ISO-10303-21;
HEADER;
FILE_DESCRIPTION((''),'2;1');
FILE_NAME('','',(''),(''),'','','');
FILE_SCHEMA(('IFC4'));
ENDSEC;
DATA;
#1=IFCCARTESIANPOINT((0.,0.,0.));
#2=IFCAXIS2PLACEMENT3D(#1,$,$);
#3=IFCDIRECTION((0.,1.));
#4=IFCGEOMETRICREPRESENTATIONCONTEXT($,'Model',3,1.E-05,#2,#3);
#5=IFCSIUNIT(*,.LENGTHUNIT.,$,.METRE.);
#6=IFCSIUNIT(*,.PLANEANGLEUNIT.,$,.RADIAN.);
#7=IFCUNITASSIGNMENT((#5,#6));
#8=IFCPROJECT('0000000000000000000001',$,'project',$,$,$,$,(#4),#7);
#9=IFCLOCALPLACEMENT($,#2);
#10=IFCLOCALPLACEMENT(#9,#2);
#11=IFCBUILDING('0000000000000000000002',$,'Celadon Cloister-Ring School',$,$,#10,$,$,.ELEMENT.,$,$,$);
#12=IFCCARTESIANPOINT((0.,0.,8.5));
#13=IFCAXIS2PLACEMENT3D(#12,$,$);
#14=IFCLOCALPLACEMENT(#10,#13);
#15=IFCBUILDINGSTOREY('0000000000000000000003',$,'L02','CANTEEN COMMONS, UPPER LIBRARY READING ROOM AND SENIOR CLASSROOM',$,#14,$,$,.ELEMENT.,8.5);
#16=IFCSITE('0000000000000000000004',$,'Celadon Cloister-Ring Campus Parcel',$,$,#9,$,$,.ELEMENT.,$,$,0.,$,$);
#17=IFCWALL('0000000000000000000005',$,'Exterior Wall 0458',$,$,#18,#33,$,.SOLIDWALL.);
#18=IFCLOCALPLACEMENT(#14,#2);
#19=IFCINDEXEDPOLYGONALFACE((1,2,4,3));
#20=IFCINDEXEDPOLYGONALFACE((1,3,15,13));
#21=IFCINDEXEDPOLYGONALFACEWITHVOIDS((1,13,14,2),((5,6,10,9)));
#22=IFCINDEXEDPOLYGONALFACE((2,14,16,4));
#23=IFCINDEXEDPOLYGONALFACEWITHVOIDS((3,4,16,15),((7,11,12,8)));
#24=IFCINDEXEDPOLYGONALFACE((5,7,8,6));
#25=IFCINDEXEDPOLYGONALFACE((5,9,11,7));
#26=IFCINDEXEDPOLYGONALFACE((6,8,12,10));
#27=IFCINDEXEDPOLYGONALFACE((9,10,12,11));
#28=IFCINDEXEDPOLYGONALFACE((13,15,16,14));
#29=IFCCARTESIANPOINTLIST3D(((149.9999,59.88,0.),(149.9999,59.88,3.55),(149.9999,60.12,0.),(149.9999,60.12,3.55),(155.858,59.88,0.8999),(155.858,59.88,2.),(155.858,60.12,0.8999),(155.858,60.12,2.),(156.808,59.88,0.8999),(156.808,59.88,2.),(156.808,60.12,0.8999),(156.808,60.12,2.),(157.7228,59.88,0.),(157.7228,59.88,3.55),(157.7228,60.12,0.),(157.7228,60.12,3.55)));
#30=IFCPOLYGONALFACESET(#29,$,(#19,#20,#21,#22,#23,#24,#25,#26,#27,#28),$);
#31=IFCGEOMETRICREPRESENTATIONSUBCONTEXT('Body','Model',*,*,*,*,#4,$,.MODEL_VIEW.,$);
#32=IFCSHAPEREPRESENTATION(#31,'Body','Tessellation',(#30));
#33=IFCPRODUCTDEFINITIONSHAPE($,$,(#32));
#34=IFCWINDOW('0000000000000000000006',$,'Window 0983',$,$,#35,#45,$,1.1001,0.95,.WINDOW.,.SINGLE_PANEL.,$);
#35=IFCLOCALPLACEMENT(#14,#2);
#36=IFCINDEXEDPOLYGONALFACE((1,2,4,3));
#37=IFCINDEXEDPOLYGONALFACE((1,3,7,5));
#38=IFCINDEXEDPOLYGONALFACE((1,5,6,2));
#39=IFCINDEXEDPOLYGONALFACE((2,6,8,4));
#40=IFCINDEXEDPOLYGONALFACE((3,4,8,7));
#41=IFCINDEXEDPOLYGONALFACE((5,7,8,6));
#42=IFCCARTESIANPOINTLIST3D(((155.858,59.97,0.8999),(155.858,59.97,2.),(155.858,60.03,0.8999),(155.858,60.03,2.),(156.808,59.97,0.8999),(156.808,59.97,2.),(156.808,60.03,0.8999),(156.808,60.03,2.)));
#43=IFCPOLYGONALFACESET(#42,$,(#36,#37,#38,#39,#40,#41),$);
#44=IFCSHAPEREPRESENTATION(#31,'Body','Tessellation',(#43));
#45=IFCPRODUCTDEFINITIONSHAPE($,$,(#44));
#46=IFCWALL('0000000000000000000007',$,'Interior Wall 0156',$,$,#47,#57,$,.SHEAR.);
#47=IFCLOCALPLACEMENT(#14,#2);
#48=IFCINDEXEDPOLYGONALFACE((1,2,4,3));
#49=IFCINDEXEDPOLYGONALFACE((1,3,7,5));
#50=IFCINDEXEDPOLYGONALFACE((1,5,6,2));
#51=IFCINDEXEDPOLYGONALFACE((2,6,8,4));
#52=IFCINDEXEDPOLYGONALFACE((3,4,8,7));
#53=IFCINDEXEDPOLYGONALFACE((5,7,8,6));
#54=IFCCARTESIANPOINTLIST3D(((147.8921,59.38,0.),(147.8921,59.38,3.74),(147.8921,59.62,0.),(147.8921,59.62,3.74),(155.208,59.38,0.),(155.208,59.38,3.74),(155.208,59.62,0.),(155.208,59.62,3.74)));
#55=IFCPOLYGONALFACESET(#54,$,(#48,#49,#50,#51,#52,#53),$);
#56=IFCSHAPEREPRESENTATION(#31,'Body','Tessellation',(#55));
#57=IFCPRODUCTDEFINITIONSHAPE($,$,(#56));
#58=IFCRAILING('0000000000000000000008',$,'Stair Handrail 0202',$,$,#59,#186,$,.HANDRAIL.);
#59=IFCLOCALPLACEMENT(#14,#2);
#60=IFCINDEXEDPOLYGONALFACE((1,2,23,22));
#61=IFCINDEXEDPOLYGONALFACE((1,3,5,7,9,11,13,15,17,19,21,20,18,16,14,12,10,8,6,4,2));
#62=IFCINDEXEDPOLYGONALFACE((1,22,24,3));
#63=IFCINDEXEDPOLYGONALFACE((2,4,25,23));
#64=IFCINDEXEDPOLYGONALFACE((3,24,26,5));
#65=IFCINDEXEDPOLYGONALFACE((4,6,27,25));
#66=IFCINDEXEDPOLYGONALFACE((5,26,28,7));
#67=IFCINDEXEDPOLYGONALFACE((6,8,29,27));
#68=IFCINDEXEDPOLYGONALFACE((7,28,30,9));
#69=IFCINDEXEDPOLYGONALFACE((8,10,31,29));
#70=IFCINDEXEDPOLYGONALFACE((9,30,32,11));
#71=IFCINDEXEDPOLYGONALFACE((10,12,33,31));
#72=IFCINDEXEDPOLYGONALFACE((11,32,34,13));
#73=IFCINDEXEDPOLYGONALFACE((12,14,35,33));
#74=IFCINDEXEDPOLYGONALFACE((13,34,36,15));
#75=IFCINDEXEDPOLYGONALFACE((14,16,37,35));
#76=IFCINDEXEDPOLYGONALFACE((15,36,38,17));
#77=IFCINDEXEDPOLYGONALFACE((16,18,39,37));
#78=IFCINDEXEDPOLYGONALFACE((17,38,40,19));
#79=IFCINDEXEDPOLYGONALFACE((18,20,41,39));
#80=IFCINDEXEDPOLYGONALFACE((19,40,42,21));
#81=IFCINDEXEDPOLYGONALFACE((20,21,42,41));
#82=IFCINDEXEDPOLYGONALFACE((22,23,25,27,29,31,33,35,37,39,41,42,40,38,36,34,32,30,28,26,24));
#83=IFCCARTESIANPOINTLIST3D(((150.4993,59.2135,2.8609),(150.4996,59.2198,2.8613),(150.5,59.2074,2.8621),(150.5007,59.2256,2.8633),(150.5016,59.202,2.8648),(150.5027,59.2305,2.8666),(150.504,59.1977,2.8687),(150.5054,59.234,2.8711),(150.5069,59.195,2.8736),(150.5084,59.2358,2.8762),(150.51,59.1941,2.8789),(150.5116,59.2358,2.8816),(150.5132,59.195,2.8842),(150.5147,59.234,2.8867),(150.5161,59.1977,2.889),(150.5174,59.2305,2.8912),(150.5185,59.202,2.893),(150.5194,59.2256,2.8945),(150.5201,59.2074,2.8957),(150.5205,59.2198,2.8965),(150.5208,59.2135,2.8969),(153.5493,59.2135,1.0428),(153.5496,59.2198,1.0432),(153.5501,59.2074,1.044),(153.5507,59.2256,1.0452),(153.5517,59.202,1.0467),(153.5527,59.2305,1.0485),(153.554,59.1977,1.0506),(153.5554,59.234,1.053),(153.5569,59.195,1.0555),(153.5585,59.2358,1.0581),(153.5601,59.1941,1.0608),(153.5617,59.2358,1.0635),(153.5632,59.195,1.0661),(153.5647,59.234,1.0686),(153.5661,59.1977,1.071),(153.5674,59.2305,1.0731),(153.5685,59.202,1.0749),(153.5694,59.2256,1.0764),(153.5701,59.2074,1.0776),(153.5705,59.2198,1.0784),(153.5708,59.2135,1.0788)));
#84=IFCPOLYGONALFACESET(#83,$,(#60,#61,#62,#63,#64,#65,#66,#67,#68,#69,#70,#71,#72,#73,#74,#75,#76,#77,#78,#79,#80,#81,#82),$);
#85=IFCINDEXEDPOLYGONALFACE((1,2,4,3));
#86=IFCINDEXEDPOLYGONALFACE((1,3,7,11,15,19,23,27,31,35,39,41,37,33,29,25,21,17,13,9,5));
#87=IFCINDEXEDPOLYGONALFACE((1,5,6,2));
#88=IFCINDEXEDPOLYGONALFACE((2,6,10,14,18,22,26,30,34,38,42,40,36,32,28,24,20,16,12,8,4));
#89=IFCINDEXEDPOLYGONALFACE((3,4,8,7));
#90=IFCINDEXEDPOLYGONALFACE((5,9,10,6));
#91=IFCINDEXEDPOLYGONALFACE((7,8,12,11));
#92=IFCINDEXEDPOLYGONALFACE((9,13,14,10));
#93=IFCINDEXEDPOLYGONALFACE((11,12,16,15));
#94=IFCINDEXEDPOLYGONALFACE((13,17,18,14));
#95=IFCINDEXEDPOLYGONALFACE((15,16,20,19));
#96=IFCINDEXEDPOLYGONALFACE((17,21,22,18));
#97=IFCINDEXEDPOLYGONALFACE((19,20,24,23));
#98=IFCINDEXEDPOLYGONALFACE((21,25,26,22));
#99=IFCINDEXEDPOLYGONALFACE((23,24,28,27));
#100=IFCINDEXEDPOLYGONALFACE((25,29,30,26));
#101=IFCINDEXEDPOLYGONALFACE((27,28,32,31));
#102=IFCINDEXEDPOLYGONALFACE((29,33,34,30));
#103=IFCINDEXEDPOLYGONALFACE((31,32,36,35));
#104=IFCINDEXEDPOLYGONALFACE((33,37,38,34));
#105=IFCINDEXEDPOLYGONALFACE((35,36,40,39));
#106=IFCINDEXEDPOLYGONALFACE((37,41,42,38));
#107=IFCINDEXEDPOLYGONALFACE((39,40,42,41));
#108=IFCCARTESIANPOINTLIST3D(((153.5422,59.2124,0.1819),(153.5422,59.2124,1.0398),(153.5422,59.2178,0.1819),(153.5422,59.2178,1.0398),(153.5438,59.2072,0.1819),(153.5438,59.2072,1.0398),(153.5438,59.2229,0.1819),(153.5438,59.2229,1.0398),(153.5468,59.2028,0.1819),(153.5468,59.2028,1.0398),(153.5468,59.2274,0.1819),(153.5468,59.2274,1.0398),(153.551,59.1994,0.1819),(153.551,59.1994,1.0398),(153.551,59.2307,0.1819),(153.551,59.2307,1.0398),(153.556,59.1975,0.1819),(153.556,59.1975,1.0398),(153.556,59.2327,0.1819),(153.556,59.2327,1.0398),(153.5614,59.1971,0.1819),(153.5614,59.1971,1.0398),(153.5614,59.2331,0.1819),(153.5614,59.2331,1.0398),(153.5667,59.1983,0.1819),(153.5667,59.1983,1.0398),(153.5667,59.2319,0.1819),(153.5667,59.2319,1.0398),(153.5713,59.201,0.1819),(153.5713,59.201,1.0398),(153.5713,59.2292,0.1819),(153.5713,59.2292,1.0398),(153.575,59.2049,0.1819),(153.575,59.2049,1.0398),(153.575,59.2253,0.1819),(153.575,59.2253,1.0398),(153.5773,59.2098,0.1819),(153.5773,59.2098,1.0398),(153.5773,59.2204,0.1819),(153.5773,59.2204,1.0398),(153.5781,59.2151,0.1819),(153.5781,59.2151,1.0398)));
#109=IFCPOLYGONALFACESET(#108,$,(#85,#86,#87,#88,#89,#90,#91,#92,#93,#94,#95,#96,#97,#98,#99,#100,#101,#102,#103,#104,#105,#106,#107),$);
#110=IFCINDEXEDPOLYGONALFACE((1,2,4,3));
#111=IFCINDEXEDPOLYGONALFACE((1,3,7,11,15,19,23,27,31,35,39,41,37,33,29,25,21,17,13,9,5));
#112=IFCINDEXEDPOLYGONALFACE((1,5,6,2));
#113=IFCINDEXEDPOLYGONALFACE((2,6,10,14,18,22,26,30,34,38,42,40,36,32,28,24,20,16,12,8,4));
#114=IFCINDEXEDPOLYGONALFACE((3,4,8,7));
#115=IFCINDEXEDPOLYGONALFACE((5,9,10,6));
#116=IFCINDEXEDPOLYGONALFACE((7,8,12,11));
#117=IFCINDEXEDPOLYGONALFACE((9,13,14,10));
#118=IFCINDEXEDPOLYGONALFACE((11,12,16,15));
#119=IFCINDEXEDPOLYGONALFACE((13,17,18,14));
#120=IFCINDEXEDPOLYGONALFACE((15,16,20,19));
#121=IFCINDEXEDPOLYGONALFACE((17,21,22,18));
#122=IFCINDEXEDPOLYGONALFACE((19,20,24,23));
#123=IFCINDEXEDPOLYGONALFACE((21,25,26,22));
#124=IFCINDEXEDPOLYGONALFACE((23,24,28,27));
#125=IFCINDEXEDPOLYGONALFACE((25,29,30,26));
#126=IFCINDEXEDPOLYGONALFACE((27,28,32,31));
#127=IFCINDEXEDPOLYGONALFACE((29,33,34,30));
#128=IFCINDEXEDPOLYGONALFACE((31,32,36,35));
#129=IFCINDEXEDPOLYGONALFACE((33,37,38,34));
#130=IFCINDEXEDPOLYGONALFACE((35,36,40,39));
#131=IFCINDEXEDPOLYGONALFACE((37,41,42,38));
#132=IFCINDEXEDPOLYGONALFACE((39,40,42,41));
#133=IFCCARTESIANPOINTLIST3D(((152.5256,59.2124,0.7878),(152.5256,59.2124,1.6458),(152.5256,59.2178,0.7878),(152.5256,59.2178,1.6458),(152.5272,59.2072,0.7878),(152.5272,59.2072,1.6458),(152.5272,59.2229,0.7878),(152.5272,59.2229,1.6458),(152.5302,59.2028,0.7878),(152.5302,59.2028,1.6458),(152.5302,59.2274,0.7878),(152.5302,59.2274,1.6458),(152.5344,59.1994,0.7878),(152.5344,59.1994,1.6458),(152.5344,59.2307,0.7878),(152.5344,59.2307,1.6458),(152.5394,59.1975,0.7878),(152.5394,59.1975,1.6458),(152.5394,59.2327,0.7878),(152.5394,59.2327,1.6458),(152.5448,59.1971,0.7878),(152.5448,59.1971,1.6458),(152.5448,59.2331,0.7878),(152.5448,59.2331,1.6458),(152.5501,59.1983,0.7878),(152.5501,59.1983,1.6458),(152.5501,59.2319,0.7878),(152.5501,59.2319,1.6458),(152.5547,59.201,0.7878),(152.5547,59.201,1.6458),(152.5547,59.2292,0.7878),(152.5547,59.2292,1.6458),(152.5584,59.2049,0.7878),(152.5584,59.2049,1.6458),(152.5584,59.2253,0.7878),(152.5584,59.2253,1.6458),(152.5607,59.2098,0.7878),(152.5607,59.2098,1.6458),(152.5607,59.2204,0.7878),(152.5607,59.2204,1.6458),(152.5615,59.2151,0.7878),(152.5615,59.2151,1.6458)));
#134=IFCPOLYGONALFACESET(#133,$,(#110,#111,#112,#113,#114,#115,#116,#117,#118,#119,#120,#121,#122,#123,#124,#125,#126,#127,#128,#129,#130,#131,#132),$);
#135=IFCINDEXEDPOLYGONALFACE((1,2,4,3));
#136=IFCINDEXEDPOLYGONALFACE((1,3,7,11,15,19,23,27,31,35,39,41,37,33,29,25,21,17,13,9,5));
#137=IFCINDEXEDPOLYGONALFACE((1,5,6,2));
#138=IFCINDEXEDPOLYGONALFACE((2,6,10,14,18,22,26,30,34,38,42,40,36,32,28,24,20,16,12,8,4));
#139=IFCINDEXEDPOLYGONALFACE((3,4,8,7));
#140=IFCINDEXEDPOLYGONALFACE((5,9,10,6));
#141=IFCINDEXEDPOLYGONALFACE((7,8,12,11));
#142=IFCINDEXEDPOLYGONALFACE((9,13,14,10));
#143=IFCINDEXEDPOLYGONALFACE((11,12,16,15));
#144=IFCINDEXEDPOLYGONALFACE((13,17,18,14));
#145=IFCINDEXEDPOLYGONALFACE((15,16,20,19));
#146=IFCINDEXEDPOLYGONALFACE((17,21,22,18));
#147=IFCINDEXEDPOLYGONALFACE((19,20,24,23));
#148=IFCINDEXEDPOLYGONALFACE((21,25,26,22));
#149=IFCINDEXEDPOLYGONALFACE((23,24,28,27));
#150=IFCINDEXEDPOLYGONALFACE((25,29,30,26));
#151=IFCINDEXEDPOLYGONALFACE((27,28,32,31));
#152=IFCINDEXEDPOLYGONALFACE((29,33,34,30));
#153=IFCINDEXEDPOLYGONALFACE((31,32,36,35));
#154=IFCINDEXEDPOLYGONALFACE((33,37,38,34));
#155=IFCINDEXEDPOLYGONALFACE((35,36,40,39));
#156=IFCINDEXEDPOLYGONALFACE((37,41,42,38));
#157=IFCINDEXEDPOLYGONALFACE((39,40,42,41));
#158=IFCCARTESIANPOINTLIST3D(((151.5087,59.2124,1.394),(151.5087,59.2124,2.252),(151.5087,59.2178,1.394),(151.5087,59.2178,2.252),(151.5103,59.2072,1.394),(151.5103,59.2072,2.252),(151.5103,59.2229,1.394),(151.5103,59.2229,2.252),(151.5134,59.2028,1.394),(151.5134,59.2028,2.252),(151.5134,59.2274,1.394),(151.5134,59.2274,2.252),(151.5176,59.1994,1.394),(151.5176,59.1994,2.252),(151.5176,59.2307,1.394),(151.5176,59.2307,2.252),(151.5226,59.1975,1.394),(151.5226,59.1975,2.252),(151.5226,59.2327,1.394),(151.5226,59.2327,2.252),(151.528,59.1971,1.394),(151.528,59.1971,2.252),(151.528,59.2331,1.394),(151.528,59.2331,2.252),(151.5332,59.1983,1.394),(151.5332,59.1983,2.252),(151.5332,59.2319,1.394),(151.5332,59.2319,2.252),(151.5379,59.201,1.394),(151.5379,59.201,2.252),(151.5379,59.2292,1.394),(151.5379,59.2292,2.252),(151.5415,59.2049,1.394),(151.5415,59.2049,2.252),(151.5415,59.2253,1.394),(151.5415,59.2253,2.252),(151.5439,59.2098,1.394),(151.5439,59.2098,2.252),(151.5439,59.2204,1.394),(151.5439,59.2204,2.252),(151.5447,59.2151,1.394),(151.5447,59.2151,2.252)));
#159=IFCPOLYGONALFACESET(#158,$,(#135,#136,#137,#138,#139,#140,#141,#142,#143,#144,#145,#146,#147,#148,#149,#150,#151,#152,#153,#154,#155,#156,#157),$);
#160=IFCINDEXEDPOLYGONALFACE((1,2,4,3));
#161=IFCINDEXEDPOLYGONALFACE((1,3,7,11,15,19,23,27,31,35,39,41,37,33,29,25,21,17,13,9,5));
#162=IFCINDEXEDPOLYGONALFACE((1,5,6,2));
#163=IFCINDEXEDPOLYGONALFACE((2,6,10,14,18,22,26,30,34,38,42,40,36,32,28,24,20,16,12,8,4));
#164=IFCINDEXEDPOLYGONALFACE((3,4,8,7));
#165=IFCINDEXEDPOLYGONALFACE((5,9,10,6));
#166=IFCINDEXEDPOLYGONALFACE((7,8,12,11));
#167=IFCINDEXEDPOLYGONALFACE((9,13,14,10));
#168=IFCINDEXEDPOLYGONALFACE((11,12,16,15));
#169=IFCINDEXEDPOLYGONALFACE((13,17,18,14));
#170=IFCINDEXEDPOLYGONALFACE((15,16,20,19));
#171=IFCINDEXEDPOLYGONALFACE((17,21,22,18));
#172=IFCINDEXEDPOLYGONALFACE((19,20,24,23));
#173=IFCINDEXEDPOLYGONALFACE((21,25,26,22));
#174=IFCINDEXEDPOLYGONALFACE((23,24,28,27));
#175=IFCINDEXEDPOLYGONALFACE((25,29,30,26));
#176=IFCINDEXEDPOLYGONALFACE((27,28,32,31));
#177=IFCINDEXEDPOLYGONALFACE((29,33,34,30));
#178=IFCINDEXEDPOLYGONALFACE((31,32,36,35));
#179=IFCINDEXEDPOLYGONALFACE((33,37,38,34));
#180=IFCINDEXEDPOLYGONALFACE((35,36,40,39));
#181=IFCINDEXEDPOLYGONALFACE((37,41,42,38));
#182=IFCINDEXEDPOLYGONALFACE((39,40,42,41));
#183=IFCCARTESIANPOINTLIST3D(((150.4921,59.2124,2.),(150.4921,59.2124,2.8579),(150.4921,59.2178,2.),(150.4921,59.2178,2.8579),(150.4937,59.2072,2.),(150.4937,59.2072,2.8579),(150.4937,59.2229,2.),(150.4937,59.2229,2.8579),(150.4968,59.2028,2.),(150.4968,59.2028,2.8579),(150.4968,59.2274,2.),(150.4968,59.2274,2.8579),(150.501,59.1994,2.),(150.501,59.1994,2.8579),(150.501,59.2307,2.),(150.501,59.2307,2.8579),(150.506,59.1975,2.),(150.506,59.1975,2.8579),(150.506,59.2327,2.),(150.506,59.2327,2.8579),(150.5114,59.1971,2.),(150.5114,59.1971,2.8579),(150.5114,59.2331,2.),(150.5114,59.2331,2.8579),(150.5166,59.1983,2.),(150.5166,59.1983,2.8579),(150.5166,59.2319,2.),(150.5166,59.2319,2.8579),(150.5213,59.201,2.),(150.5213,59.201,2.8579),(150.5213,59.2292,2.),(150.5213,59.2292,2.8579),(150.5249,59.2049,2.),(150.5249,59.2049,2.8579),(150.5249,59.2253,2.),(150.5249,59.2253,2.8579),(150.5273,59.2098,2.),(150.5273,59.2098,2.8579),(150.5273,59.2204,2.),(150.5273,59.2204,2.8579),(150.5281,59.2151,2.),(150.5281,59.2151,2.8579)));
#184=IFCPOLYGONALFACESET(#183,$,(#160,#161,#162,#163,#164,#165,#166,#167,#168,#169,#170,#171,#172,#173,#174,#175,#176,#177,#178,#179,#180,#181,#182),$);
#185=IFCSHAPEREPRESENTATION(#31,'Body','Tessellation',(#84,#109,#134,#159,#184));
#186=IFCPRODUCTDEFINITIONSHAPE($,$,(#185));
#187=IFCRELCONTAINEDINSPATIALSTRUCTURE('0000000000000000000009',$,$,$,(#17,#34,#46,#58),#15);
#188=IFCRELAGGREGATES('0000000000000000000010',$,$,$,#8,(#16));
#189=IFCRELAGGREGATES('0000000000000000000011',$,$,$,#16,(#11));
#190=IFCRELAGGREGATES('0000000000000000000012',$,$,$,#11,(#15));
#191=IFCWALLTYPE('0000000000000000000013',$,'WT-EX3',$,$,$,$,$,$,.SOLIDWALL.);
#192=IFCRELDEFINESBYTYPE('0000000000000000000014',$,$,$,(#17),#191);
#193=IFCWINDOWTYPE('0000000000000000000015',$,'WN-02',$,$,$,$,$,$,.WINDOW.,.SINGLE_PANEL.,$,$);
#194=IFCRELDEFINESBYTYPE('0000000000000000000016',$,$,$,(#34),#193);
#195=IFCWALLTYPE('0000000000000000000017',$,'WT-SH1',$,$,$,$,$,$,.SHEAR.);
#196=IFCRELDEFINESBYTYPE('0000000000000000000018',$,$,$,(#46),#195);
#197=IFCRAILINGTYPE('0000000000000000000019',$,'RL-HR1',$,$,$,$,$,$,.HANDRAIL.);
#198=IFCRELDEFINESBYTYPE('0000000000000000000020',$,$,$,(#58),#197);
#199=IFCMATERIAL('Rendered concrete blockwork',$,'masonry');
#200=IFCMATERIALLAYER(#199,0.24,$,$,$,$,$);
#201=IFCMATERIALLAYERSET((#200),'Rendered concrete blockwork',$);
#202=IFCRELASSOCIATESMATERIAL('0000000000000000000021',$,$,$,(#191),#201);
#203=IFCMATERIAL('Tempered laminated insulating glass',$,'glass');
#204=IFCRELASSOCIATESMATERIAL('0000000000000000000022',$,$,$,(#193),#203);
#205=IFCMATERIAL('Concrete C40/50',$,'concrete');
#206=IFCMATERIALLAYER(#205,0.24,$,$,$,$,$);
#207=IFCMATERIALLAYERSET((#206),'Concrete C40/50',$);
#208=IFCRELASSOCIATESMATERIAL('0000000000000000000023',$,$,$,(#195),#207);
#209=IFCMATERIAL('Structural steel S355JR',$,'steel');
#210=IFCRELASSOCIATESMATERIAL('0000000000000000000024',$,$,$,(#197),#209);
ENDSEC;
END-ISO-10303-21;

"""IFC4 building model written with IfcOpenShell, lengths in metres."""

from ifc_helpers import new_model, si_unit, direction, frame, frame_2d, origin, origin_2d, place, context, subcontext, project, spatial, rectangle, circle, extrude, material, layer, layer_set, type_object, element, fill, save


model = new_model("IFC4")

# Units and contexts
model_context = context("Model", 3, precision=1e-05, world=origin(), true_north=direction((0.0, 1.0)))
body_context = subcontext(model_context, "Body", "Model", "MODEL_VIEW")
ifc_project = project(units=[si_unit("LENGTHUNIT", "METRE"), si_unit("PLANEANGLEUNIT", "RADIAN")], contexts=[model_context])

# Site, building, storey
site_placement = place(None, origin())
site = spatial("IfcSite", under=ifc_project, at=site_placement, Name="Celadon Cloister-Ring Campus Parcel", CompositionType="ELEMENT", RefElevation=0.0)
building_placement = place(site_placement, origin())
building = spatial("IfcBuilding", under=site, at=building_placement, Name="Celadon Cloister-Ring School", CompositionType="ELEMENT")
storey_placement = place(building_placement, frame((0.0, 0.0, 8.5)))
storey = spatial("IfcBuildingStorey", under=building, at=storey_placement, Name="L02", Description="CANTEEN COMMONS, UPPER LIBRARY READING ROOM AND SENIOR CLASSROOM", CompositionType="ELEMENT", Elevation=8.5)

# Wall, opening, window
ifc_material_1 = material(Name="Rendered concrete blockwork", Category="masonry")
ifc_layer_1 = layer(ifc_material_1, 0.24)
ifc_layer_set_1 = layer_set([ifc_layer_1], Name="Rendered concrete blockwork")
wall_type_1 = type_object("IfcWallType", Name="WT-EX3", PredefinedType="SOLIDWALL", material=ifc_layer_set_1)
wall_1_placement = place(storey_placement, frame((150.0, 60.0, 0.0), z_axis=(0.0, 0.0, 1.0), x_axis=(1.0, 0.0, 0.0)))
wall_1 = element("IfcWall", 1, at=wall_1_placement, inside=storey, type_object=wall_type_1, Name="Exterior Wall 0458", PredefinedType="SOLIDWALL", context=body_context, shape_type="SweptSolid", body=[
    extrude(rectangle(XDim=7.7229, YDim=0.24, at=frame_2d((3.8613, 0.0))), origin(), (0.0, 0.0, 1.0), 3.55),
])
opening_placement = place(wall_1_placement, frame((5.8579, 0.0, 0.8999)))
opening = element("IfcOpeningElement", 2, at=opening_placement, cuts=wall_1, PredefinedType="OPENING", context=body_context, shape_type="SweptSolid", body=[
    extrude(rectangle(XDim=0.95, YDim=1.1001, at=frame_2d((0.4751, 0.55))), frame((0.0, 0.1299, 0.0), z_axis=(0.0, -1.0, 0.0), x_axis=(1.0, 0.0, 0.0)), (0.0, 0.0, 1.0), 0.26),
])
ifc_material_2 = material(Name="Tempered laminated insulating glass", Category="glass")
window_type = type_object("IfcWindowType", Name="WN-02", PartitioningType="SINGLE_PANEL", PredefinedType="WINDOW", material=ifc_material_2)
window_placement = place(opening_placement, origin())
window = element("IfcWindow", 3, at=window_placement, inside=storey, type_object=window_type, Name="Window 0983", OverallHeight=1.1001, OverallWidth=0.95, PartitioningType="SINGLE_PANEL", PredefinedType="WINDOW", context=body_context, shape_type="SweptSolid", body=[
    extrude(rectangle(XDim=0.95, YDim=1.1001, at=frame_2d((0.4751, 0.55))), frame((0.0, 0.03, 0.0), z_axis=(0.0, -1.0, 0.0), x_axis=(1.0, 0.0, 0.0)), (0.0, 0.0, 1.0), 0.0601),
])
fill(opening, window)

# Wall
ifc_material_3 = material(Name="Concrete C40/50", Category="concrete")
ifc_layer_2 = layer(ifc_material_3, 0.24)
ifc_layer_set_2 = layer_set([ifc_layer_2], Name="Concrete C40/50")
wall_type_2 = type_object("IfcWallType", Name="WT-SH1", PredefinedType="SHEAR", material=ifc_layer_set_2)
wall_2_placement = place(storey_placement, frame((155.208, 59.5, 0.0), z_axis=(0.0, 0.0, 1.0), x_axis=(-1.0, 0.0, 0.0)))
element("IfcWall", 4, at=wall_2_placement, inside=storey, type_object=wall_type_2, Name="Interior Wall 0156", PredefinedType="SHEAR", context=body_context, shape_type="SweptSolid", body=[
    extrude(rectangle(XDim=7.3159, YDim=0.24, at=frame_2d((3.658, 0.0))), origin(), (0.0, 0.0, 1.0), 3.74),
])

# Railing
ifc_material_4 = material(Name="Structural steel S355JR", Category="steel")
railing_type = type_object("IfcRailingType", Name="RL-HR1", PredefinedType="HANDRAIL", material=ifc_material_4)
railing_placement = place(storey_placement, frame((153.5601, 59.2151, 0.1819)))
element("IfcRailing", 5, at=railing_placement, inside=storey, type_object=railing_type, Name="Stair Handrail 0202", PredefinedType="HANDRAIL", context=body_context, shape_type="SweptSolid", body=[
    extrude(circle(Radius=0.021, at=origin_2d()), frame((0.0, 0.0, 0.8789), z_axis=(-0.85897, 0.0, 0.512026), x_axis=(0.0, -1.0, 0.0)), (0.0, 0.0, 1.0), 3.5508),
    extrude(circle(Radius=0.0181, at=origin_2d()), origin(), (0.0, 0.0, 1.0), 0.8579),
    extrude(circle(Radius=0.0181, at=origin_2d()), frame((-1.0166, 0.0, 0.606)), (0.0, 0.0, 1.0), 0.8579),
    extrude(circle(Radius=0.0181, at=origin_2d()), frame((-2.0334, 0.0, 1.2122)), (0.0, 0.0, 1.0), 0.8579),
    extrude(circle(Radius=0.0181, at=origin_2d()), frame((-3.05, 0.0, 1.8181)), (0.0, 0.0, 1.0), 0.8579),
])

save(model, "model.ifc")
